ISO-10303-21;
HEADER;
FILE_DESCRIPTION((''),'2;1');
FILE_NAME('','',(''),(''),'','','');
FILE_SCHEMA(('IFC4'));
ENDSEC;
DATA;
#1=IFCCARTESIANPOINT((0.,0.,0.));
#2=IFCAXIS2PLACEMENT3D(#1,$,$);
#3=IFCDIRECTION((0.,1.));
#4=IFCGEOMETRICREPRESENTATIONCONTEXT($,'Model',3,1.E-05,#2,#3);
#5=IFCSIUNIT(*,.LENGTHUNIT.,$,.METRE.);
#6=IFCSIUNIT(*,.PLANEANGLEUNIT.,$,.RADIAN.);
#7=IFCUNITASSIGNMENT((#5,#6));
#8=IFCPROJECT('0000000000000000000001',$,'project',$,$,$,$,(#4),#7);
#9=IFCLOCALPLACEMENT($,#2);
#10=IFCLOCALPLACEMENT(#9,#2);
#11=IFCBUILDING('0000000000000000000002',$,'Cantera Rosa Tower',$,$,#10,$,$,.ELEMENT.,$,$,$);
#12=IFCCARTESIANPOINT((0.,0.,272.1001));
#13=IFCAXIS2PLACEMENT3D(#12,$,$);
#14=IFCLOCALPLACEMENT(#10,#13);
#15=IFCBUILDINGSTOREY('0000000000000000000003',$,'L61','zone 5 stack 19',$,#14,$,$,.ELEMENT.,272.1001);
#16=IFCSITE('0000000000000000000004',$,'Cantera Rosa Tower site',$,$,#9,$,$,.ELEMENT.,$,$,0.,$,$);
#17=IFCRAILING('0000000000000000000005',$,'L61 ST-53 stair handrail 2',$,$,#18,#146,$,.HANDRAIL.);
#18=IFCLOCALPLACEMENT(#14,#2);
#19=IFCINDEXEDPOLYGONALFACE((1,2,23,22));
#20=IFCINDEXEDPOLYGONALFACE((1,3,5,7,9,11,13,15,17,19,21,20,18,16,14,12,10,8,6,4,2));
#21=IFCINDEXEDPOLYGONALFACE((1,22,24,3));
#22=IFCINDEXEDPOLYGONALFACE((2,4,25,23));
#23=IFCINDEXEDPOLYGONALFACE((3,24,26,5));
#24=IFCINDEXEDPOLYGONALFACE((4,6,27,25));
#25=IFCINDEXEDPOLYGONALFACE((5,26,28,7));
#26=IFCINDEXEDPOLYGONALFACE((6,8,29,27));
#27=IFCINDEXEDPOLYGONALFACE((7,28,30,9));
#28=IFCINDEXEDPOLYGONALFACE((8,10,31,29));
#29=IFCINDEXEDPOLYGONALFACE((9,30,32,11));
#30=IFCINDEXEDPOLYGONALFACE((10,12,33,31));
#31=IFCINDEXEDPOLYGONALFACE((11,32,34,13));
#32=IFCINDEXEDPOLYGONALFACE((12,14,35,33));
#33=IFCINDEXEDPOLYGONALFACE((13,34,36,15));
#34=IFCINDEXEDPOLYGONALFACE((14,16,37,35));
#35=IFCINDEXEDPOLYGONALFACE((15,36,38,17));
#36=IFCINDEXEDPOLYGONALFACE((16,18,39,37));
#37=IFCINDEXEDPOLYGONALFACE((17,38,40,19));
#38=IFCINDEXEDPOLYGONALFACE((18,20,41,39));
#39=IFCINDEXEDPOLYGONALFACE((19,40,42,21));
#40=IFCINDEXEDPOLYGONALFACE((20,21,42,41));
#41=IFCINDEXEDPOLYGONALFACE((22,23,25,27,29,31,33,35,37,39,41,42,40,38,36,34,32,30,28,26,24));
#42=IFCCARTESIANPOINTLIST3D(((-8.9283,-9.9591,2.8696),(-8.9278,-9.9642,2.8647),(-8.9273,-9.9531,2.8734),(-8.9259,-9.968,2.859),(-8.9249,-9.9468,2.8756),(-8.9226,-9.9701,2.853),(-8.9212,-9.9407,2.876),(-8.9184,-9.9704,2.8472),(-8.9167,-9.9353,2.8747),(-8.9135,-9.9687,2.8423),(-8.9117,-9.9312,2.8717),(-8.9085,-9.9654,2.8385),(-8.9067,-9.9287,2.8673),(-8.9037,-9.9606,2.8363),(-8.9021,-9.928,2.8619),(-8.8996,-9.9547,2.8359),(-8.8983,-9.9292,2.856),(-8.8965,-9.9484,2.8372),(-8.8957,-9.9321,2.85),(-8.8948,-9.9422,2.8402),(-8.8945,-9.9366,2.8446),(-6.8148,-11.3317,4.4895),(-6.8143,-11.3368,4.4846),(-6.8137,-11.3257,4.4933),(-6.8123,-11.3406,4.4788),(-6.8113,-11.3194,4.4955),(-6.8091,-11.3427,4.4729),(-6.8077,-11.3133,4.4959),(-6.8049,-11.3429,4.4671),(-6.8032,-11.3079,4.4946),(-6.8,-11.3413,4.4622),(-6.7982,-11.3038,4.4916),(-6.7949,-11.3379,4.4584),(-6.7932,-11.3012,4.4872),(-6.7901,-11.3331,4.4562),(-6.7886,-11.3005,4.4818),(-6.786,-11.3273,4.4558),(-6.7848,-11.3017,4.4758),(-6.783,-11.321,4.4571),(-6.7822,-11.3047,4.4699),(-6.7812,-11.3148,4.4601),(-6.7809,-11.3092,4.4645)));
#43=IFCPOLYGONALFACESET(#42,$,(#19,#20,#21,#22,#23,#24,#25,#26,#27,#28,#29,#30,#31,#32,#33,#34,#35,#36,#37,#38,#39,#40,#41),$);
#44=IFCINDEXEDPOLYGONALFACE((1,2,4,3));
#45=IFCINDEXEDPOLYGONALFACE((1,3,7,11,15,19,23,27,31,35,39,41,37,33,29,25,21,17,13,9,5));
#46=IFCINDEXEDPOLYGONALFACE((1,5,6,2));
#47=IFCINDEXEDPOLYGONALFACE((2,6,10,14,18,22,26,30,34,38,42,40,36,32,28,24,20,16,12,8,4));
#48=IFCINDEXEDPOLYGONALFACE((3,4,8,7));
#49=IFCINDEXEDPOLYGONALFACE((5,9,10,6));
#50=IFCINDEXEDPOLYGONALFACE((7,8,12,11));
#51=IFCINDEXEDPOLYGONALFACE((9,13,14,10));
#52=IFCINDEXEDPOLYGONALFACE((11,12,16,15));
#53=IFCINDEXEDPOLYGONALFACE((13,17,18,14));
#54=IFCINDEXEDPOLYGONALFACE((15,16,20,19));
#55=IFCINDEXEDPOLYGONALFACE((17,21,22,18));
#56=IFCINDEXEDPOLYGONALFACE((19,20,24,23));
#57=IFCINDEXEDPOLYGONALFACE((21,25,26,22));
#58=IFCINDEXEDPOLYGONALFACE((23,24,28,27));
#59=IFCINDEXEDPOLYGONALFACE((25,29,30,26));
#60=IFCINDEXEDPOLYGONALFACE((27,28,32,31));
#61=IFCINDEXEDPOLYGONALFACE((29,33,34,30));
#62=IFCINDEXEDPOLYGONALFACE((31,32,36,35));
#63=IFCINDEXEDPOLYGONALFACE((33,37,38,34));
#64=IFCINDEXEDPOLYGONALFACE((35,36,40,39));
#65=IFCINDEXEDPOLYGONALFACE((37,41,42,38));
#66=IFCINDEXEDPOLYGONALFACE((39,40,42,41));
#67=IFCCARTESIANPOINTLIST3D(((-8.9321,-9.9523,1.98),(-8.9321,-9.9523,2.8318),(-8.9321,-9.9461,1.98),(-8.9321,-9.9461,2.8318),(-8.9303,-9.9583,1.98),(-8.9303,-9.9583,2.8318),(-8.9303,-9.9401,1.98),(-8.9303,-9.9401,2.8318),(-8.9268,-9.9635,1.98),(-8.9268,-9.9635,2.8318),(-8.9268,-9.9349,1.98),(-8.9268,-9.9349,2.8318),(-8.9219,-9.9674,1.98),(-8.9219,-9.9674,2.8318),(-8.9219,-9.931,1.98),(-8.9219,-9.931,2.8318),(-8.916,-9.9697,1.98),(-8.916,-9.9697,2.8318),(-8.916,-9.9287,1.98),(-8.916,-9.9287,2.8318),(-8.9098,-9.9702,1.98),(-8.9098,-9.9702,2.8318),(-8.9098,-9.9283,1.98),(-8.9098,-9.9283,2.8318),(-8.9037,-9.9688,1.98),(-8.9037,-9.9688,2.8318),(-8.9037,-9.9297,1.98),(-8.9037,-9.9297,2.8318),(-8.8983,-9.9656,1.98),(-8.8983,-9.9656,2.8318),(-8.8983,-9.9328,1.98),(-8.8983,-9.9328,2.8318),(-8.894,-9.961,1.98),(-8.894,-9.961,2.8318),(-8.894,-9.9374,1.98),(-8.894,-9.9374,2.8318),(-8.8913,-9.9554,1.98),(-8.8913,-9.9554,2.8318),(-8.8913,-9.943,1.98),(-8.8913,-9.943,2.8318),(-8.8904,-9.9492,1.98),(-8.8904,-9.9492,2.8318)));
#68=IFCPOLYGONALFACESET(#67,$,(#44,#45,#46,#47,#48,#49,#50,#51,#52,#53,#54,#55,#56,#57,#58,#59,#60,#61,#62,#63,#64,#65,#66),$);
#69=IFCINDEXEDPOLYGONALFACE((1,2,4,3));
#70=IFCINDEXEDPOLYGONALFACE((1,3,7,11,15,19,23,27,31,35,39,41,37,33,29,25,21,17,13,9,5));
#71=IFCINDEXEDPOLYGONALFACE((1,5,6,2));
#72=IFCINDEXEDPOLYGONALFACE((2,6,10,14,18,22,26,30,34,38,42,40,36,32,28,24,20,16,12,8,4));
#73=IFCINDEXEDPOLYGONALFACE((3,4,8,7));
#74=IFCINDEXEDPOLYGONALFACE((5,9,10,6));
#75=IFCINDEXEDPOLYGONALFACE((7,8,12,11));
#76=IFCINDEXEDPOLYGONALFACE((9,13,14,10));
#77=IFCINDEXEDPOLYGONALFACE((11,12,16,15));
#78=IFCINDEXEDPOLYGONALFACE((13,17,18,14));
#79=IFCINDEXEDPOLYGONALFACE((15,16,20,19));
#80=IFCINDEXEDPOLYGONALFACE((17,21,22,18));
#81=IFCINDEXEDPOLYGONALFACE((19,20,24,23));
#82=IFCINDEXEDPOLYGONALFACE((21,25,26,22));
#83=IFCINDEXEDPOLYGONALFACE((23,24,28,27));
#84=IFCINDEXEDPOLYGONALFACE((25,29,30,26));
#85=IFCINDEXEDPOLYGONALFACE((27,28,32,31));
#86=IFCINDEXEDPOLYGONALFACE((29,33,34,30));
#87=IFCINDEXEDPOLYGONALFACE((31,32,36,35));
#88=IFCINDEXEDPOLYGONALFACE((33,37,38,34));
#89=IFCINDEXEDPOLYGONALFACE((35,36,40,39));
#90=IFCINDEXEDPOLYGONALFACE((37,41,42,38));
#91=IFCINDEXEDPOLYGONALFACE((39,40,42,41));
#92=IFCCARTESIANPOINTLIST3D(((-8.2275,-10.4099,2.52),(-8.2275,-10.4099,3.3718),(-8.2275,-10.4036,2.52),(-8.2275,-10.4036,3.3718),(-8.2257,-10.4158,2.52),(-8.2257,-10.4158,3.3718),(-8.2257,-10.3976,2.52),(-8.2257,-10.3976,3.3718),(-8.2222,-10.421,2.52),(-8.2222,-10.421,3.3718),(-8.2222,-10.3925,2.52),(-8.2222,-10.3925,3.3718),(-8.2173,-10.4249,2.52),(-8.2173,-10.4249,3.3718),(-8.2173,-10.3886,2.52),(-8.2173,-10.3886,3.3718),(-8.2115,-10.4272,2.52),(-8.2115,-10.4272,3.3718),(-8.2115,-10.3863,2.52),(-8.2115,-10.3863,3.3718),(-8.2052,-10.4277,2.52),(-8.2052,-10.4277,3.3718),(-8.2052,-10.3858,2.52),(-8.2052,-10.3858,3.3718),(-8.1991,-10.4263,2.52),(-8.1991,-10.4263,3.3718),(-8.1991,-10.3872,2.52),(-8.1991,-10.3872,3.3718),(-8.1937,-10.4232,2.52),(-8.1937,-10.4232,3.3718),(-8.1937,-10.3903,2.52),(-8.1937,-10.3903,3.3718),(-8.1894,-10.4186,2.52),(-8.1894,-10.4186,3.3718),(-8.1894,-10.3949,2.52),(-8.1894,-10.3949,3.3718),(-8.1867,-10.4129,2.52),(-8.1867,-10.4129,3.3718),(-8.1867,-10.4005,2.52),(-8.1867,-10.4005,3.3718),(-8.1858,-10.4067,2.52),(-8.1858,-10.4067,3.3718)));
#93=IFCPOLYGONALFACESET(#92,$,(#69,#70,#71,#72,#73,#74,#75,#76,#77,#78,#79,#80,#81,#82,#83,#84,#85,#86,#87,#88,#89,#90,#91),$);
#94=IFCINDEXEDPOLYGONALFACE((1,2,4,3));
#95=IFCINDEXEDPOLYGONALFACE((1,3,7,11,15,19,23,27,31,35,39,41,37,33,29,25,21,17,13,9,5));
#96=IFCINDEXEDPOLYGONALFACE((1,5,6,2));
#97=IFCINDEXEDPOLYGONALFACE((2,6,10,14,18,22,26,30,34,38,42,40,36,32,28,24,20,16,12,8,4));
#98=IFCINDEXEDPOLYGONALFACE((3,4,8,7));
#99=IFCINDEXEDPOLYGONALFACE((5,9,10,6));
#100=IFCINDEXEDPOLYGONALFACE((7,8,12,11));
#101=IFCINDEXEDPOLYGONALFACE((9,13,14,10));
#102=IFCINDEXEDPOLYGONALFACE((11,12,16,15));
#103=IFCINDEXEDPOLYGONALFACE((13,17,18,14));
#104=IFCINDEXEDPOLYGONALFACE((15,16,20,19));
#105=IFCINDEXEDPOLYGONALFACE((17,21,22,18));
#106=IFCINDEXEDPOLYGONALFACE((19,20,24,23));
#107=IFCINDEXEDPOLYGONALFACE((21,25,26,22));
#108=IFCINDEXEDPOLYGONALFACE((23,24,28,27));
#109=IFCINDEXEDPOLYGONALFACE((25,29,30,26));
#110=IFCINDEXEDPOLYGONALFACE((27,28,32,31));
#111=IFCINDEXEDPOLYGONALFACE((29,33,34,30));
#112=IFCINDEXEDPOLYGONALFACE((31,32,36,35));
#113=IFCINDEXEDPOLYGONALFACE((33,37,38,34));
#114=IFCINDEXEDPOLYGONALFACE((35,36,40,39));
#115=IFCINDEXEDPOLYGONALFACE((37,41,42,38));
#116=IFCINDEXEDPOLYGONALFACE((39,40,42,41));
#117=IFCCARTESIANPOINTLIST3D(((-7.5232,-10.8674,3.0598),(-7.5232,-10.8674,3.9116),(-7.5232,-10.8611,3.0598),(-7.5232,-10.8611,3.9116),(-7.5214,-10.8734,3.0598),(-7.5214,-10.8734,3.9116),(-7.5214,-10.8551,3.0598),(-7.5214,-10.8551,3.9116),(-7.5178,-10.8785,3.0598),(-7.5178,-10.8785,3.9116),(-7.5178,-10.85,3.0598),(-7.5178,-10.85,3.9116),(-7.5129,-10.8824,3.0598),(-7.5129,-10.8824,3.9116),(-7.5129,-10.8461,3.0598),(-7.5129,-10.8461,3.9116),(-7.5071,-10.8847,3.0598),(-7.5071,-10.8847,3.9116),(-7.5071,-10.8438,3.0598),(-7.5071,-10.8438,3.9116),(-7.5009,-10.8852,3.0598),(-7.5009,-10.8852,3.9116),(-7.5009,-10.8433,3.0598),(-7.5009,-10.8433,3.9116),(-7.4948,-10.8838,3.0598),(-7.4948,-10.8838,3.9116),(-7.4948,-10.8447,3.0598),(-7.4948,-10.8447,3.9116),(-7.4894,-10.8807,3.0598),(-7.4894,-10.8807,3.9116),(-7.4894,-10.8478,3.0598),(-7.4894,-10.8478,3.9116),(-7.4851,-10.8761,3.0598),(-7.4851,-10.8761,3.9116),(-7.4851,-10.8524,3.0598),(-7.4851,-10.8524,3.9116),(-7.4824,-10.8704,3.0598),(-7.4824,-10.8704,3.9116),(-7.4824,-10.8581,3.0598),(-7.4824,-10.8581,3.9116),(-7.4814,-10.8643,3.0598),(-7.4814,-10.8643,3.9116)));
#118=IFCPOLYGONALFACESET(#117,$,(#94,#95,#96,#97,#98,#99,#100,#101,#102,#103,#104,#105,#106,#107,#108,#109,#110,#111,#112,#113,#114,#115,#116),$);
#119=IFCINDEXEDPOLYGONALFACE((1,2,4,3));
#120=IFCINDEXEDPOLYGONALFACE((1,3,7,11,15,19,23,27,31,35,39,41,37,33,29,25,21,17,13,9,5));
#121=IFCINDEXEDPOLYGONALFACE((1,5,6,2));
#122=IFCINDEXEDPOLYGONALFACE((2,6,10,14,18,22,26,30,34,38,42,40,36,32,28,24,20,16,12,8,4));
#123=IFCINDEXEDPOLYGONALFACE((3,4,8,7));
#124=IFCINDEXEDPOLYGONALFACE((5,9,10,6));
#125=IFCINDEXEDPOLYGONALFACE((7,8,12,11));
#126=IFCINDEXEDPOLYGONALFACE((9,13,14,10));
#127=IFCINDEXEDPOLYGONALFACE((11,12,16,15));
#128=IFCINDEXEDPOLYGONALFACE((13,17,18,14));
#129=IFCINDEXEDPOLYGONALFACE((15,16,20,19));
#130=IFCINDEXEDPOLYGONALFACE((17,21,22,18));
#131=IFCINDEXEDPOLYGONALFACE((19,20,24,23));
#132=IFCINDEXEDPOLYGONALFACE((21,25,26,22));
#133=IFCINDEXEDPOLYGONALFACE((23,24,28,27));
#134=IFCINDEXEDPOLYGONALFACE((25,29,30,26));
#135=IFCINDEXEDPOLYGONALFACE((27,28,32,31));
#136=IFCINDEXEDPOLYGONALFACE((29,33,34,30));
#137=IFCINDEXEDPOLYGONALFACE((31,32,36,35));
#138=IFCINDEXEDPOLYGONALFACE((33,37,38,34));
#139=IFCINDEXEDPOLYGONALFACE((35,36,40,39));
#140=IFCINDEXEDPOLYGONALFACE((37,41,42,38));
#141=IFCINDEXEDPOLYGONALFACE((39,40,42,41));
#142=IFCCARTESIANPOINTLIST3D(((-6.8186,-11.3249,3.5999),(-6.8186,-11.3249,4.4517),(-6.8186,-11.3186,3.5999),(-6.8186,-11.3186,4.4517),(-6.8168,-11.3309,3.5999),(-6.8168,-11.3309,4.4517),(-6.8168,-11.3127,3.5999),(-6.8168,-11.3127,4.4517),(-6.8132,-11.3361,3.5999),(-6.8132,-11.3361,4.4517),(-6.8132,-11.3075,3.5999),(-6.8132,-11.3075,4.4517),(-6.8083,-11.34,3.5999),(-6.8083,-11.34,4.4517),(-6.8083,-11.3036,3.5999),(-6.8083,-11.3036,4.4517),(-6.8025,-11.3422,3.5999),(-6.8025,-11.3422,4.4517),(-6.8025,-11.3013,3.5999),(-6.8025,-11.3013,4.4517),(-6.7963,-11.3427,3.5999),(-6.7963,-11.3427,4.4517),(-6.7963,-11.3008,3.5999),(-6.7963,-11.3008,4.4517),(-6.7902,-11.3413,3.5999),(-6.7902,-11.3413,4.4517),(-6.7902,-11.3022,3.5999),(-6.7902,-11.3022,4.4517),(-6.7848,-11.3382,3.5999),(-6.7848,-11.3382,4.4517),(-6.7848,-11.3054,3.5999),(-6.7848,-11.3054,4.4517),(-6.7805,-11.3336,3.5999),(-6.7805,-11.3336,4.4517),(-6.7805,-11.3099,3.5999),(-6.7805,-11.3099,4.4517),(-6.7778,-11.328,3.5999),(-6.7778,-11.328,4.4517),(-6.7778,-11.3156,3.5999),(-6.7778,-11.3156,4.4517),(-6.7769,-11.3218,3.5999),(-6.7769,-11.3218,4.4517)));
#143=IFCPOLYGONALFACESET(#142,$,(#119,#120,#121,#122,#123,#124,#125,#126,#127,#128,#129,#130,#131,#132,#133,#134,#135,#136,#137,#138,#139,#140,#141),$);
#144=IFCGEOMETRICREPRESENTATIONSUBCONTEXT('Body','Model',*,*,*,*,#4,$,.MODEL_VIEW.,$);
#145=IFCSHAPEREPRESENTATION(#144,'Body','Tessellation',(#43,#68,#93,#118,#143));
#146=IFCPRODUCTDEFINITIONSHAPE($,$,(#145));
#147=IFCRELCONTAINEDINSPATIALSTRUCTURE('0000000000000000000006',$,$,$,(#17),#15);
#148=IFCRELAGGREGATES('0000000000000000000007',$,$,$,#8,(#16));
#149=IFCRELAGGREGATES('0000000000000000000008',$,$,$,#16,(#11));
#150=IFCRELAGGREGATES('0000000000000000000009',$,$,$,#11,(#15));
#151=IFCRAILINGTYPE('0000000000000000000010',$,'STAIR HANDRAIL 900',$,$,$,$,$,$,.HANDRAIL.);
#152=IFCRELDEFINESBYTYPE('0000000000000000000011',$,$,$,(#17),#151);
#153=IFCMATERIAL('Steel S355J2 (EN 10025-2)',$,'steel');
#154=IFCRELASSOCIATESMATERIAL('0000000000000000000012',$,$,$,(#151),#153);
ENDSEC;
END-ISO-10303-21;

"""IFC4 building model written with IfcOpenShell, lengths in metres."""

from ifc_helpers import new_model, si_unit, direction, frame, origin, origin_2d, place, context, subcontext, project, spatial, circle, extrude, material, type_object, element, save


model = new_model("IFC4")

# Units and contexts
model_context = context("Model", 3, precision=1e-05, world=origin(), true_north=direction((0.0, 1.0)))
body_context = subcontext(model_context, "Body", "Model", "MODEL_VIEW")
ifc_project = project(units=[si_unit("LENGTHUNIT", "METRE"), si_unit("PLANEANGLEUNIT", "RADIAN")], contexts=[model_context])

# Site, building, storey
site_placement = place(None, origin())
site = spatial("IfcSite", under=ifc_project, at=site_placement, Name="Cantera Rosa Tower site", CompositionType="ELEMENT", RefElevation=0.0)
building_placement = place(site_placement, origin())
building = spatial("IfcBuilding", under=site, at=building_placement, Name="Cantera Rosa Tower", CompositionType="ELEMENT")
storey_placement = place(building_placement, frame((0.0, 0.0, 272.1001)))
storey = spatial("IfcBuildingStorey", under=building, at=storey_placement, Name="L61", Description="zone 5 stack 19", CompositionType="ELEMENT", Elevation=272.1001)

# Railing
ifc_material_1 = material(Name="Steel S355J2 (EN 10025-2)", Category="steel")
railing_type_1 = type_object("IfcRailingType", Name="STAIR HANDRAIL 900", PredefinedType="HANDRAIL", material=ifc_material_1)
railing_1_placement = place(storey_placement, frame((-8.9114, -9.9492, 1.98)))
element("IfcRailing", 1, at=railing_1_placement, inside=storey, type_object=railing_type_1, Name="L61 ST-53 stair handrail 2", PredefinedType="HANDRAIL", context=body_context, shape_type="SweptSolid", body=[
    extrude(circle(Radius=0.0239, at=origin_2d()), frame((0.0, 0.0, 0.876), z_axis=(0.705493, -0.458159, 0.540712), x_axis=(0.544644, 0.838667, 0.0)), (0.0, 0.0, 1.0), 2.9958),
    extrude(circle(Radius=0.021, at=origin_2d()), origin(), (0.0, 0.0, 1.0), 0.8518),
    extrude(circle(Radius=0.021, at=origin_2d()), frame((0.7046, -0.4575, 0.54)), (0.0, 0.0, 1.0), 0.8518),
    extrude(circle(Radius=0.021, at=origin_2d()), frame((1.4089, -0.915, 1.0798)), (0.0, 0.0, 1.0), 0.8518),
    extrude(circle(Radius=0.021, at=origin_2d()), frame((2.1135, -1.3726, 1.6199)), (0.0, 0.0, 1.0), 0.8518),
])

save(model, "model.ifc")
